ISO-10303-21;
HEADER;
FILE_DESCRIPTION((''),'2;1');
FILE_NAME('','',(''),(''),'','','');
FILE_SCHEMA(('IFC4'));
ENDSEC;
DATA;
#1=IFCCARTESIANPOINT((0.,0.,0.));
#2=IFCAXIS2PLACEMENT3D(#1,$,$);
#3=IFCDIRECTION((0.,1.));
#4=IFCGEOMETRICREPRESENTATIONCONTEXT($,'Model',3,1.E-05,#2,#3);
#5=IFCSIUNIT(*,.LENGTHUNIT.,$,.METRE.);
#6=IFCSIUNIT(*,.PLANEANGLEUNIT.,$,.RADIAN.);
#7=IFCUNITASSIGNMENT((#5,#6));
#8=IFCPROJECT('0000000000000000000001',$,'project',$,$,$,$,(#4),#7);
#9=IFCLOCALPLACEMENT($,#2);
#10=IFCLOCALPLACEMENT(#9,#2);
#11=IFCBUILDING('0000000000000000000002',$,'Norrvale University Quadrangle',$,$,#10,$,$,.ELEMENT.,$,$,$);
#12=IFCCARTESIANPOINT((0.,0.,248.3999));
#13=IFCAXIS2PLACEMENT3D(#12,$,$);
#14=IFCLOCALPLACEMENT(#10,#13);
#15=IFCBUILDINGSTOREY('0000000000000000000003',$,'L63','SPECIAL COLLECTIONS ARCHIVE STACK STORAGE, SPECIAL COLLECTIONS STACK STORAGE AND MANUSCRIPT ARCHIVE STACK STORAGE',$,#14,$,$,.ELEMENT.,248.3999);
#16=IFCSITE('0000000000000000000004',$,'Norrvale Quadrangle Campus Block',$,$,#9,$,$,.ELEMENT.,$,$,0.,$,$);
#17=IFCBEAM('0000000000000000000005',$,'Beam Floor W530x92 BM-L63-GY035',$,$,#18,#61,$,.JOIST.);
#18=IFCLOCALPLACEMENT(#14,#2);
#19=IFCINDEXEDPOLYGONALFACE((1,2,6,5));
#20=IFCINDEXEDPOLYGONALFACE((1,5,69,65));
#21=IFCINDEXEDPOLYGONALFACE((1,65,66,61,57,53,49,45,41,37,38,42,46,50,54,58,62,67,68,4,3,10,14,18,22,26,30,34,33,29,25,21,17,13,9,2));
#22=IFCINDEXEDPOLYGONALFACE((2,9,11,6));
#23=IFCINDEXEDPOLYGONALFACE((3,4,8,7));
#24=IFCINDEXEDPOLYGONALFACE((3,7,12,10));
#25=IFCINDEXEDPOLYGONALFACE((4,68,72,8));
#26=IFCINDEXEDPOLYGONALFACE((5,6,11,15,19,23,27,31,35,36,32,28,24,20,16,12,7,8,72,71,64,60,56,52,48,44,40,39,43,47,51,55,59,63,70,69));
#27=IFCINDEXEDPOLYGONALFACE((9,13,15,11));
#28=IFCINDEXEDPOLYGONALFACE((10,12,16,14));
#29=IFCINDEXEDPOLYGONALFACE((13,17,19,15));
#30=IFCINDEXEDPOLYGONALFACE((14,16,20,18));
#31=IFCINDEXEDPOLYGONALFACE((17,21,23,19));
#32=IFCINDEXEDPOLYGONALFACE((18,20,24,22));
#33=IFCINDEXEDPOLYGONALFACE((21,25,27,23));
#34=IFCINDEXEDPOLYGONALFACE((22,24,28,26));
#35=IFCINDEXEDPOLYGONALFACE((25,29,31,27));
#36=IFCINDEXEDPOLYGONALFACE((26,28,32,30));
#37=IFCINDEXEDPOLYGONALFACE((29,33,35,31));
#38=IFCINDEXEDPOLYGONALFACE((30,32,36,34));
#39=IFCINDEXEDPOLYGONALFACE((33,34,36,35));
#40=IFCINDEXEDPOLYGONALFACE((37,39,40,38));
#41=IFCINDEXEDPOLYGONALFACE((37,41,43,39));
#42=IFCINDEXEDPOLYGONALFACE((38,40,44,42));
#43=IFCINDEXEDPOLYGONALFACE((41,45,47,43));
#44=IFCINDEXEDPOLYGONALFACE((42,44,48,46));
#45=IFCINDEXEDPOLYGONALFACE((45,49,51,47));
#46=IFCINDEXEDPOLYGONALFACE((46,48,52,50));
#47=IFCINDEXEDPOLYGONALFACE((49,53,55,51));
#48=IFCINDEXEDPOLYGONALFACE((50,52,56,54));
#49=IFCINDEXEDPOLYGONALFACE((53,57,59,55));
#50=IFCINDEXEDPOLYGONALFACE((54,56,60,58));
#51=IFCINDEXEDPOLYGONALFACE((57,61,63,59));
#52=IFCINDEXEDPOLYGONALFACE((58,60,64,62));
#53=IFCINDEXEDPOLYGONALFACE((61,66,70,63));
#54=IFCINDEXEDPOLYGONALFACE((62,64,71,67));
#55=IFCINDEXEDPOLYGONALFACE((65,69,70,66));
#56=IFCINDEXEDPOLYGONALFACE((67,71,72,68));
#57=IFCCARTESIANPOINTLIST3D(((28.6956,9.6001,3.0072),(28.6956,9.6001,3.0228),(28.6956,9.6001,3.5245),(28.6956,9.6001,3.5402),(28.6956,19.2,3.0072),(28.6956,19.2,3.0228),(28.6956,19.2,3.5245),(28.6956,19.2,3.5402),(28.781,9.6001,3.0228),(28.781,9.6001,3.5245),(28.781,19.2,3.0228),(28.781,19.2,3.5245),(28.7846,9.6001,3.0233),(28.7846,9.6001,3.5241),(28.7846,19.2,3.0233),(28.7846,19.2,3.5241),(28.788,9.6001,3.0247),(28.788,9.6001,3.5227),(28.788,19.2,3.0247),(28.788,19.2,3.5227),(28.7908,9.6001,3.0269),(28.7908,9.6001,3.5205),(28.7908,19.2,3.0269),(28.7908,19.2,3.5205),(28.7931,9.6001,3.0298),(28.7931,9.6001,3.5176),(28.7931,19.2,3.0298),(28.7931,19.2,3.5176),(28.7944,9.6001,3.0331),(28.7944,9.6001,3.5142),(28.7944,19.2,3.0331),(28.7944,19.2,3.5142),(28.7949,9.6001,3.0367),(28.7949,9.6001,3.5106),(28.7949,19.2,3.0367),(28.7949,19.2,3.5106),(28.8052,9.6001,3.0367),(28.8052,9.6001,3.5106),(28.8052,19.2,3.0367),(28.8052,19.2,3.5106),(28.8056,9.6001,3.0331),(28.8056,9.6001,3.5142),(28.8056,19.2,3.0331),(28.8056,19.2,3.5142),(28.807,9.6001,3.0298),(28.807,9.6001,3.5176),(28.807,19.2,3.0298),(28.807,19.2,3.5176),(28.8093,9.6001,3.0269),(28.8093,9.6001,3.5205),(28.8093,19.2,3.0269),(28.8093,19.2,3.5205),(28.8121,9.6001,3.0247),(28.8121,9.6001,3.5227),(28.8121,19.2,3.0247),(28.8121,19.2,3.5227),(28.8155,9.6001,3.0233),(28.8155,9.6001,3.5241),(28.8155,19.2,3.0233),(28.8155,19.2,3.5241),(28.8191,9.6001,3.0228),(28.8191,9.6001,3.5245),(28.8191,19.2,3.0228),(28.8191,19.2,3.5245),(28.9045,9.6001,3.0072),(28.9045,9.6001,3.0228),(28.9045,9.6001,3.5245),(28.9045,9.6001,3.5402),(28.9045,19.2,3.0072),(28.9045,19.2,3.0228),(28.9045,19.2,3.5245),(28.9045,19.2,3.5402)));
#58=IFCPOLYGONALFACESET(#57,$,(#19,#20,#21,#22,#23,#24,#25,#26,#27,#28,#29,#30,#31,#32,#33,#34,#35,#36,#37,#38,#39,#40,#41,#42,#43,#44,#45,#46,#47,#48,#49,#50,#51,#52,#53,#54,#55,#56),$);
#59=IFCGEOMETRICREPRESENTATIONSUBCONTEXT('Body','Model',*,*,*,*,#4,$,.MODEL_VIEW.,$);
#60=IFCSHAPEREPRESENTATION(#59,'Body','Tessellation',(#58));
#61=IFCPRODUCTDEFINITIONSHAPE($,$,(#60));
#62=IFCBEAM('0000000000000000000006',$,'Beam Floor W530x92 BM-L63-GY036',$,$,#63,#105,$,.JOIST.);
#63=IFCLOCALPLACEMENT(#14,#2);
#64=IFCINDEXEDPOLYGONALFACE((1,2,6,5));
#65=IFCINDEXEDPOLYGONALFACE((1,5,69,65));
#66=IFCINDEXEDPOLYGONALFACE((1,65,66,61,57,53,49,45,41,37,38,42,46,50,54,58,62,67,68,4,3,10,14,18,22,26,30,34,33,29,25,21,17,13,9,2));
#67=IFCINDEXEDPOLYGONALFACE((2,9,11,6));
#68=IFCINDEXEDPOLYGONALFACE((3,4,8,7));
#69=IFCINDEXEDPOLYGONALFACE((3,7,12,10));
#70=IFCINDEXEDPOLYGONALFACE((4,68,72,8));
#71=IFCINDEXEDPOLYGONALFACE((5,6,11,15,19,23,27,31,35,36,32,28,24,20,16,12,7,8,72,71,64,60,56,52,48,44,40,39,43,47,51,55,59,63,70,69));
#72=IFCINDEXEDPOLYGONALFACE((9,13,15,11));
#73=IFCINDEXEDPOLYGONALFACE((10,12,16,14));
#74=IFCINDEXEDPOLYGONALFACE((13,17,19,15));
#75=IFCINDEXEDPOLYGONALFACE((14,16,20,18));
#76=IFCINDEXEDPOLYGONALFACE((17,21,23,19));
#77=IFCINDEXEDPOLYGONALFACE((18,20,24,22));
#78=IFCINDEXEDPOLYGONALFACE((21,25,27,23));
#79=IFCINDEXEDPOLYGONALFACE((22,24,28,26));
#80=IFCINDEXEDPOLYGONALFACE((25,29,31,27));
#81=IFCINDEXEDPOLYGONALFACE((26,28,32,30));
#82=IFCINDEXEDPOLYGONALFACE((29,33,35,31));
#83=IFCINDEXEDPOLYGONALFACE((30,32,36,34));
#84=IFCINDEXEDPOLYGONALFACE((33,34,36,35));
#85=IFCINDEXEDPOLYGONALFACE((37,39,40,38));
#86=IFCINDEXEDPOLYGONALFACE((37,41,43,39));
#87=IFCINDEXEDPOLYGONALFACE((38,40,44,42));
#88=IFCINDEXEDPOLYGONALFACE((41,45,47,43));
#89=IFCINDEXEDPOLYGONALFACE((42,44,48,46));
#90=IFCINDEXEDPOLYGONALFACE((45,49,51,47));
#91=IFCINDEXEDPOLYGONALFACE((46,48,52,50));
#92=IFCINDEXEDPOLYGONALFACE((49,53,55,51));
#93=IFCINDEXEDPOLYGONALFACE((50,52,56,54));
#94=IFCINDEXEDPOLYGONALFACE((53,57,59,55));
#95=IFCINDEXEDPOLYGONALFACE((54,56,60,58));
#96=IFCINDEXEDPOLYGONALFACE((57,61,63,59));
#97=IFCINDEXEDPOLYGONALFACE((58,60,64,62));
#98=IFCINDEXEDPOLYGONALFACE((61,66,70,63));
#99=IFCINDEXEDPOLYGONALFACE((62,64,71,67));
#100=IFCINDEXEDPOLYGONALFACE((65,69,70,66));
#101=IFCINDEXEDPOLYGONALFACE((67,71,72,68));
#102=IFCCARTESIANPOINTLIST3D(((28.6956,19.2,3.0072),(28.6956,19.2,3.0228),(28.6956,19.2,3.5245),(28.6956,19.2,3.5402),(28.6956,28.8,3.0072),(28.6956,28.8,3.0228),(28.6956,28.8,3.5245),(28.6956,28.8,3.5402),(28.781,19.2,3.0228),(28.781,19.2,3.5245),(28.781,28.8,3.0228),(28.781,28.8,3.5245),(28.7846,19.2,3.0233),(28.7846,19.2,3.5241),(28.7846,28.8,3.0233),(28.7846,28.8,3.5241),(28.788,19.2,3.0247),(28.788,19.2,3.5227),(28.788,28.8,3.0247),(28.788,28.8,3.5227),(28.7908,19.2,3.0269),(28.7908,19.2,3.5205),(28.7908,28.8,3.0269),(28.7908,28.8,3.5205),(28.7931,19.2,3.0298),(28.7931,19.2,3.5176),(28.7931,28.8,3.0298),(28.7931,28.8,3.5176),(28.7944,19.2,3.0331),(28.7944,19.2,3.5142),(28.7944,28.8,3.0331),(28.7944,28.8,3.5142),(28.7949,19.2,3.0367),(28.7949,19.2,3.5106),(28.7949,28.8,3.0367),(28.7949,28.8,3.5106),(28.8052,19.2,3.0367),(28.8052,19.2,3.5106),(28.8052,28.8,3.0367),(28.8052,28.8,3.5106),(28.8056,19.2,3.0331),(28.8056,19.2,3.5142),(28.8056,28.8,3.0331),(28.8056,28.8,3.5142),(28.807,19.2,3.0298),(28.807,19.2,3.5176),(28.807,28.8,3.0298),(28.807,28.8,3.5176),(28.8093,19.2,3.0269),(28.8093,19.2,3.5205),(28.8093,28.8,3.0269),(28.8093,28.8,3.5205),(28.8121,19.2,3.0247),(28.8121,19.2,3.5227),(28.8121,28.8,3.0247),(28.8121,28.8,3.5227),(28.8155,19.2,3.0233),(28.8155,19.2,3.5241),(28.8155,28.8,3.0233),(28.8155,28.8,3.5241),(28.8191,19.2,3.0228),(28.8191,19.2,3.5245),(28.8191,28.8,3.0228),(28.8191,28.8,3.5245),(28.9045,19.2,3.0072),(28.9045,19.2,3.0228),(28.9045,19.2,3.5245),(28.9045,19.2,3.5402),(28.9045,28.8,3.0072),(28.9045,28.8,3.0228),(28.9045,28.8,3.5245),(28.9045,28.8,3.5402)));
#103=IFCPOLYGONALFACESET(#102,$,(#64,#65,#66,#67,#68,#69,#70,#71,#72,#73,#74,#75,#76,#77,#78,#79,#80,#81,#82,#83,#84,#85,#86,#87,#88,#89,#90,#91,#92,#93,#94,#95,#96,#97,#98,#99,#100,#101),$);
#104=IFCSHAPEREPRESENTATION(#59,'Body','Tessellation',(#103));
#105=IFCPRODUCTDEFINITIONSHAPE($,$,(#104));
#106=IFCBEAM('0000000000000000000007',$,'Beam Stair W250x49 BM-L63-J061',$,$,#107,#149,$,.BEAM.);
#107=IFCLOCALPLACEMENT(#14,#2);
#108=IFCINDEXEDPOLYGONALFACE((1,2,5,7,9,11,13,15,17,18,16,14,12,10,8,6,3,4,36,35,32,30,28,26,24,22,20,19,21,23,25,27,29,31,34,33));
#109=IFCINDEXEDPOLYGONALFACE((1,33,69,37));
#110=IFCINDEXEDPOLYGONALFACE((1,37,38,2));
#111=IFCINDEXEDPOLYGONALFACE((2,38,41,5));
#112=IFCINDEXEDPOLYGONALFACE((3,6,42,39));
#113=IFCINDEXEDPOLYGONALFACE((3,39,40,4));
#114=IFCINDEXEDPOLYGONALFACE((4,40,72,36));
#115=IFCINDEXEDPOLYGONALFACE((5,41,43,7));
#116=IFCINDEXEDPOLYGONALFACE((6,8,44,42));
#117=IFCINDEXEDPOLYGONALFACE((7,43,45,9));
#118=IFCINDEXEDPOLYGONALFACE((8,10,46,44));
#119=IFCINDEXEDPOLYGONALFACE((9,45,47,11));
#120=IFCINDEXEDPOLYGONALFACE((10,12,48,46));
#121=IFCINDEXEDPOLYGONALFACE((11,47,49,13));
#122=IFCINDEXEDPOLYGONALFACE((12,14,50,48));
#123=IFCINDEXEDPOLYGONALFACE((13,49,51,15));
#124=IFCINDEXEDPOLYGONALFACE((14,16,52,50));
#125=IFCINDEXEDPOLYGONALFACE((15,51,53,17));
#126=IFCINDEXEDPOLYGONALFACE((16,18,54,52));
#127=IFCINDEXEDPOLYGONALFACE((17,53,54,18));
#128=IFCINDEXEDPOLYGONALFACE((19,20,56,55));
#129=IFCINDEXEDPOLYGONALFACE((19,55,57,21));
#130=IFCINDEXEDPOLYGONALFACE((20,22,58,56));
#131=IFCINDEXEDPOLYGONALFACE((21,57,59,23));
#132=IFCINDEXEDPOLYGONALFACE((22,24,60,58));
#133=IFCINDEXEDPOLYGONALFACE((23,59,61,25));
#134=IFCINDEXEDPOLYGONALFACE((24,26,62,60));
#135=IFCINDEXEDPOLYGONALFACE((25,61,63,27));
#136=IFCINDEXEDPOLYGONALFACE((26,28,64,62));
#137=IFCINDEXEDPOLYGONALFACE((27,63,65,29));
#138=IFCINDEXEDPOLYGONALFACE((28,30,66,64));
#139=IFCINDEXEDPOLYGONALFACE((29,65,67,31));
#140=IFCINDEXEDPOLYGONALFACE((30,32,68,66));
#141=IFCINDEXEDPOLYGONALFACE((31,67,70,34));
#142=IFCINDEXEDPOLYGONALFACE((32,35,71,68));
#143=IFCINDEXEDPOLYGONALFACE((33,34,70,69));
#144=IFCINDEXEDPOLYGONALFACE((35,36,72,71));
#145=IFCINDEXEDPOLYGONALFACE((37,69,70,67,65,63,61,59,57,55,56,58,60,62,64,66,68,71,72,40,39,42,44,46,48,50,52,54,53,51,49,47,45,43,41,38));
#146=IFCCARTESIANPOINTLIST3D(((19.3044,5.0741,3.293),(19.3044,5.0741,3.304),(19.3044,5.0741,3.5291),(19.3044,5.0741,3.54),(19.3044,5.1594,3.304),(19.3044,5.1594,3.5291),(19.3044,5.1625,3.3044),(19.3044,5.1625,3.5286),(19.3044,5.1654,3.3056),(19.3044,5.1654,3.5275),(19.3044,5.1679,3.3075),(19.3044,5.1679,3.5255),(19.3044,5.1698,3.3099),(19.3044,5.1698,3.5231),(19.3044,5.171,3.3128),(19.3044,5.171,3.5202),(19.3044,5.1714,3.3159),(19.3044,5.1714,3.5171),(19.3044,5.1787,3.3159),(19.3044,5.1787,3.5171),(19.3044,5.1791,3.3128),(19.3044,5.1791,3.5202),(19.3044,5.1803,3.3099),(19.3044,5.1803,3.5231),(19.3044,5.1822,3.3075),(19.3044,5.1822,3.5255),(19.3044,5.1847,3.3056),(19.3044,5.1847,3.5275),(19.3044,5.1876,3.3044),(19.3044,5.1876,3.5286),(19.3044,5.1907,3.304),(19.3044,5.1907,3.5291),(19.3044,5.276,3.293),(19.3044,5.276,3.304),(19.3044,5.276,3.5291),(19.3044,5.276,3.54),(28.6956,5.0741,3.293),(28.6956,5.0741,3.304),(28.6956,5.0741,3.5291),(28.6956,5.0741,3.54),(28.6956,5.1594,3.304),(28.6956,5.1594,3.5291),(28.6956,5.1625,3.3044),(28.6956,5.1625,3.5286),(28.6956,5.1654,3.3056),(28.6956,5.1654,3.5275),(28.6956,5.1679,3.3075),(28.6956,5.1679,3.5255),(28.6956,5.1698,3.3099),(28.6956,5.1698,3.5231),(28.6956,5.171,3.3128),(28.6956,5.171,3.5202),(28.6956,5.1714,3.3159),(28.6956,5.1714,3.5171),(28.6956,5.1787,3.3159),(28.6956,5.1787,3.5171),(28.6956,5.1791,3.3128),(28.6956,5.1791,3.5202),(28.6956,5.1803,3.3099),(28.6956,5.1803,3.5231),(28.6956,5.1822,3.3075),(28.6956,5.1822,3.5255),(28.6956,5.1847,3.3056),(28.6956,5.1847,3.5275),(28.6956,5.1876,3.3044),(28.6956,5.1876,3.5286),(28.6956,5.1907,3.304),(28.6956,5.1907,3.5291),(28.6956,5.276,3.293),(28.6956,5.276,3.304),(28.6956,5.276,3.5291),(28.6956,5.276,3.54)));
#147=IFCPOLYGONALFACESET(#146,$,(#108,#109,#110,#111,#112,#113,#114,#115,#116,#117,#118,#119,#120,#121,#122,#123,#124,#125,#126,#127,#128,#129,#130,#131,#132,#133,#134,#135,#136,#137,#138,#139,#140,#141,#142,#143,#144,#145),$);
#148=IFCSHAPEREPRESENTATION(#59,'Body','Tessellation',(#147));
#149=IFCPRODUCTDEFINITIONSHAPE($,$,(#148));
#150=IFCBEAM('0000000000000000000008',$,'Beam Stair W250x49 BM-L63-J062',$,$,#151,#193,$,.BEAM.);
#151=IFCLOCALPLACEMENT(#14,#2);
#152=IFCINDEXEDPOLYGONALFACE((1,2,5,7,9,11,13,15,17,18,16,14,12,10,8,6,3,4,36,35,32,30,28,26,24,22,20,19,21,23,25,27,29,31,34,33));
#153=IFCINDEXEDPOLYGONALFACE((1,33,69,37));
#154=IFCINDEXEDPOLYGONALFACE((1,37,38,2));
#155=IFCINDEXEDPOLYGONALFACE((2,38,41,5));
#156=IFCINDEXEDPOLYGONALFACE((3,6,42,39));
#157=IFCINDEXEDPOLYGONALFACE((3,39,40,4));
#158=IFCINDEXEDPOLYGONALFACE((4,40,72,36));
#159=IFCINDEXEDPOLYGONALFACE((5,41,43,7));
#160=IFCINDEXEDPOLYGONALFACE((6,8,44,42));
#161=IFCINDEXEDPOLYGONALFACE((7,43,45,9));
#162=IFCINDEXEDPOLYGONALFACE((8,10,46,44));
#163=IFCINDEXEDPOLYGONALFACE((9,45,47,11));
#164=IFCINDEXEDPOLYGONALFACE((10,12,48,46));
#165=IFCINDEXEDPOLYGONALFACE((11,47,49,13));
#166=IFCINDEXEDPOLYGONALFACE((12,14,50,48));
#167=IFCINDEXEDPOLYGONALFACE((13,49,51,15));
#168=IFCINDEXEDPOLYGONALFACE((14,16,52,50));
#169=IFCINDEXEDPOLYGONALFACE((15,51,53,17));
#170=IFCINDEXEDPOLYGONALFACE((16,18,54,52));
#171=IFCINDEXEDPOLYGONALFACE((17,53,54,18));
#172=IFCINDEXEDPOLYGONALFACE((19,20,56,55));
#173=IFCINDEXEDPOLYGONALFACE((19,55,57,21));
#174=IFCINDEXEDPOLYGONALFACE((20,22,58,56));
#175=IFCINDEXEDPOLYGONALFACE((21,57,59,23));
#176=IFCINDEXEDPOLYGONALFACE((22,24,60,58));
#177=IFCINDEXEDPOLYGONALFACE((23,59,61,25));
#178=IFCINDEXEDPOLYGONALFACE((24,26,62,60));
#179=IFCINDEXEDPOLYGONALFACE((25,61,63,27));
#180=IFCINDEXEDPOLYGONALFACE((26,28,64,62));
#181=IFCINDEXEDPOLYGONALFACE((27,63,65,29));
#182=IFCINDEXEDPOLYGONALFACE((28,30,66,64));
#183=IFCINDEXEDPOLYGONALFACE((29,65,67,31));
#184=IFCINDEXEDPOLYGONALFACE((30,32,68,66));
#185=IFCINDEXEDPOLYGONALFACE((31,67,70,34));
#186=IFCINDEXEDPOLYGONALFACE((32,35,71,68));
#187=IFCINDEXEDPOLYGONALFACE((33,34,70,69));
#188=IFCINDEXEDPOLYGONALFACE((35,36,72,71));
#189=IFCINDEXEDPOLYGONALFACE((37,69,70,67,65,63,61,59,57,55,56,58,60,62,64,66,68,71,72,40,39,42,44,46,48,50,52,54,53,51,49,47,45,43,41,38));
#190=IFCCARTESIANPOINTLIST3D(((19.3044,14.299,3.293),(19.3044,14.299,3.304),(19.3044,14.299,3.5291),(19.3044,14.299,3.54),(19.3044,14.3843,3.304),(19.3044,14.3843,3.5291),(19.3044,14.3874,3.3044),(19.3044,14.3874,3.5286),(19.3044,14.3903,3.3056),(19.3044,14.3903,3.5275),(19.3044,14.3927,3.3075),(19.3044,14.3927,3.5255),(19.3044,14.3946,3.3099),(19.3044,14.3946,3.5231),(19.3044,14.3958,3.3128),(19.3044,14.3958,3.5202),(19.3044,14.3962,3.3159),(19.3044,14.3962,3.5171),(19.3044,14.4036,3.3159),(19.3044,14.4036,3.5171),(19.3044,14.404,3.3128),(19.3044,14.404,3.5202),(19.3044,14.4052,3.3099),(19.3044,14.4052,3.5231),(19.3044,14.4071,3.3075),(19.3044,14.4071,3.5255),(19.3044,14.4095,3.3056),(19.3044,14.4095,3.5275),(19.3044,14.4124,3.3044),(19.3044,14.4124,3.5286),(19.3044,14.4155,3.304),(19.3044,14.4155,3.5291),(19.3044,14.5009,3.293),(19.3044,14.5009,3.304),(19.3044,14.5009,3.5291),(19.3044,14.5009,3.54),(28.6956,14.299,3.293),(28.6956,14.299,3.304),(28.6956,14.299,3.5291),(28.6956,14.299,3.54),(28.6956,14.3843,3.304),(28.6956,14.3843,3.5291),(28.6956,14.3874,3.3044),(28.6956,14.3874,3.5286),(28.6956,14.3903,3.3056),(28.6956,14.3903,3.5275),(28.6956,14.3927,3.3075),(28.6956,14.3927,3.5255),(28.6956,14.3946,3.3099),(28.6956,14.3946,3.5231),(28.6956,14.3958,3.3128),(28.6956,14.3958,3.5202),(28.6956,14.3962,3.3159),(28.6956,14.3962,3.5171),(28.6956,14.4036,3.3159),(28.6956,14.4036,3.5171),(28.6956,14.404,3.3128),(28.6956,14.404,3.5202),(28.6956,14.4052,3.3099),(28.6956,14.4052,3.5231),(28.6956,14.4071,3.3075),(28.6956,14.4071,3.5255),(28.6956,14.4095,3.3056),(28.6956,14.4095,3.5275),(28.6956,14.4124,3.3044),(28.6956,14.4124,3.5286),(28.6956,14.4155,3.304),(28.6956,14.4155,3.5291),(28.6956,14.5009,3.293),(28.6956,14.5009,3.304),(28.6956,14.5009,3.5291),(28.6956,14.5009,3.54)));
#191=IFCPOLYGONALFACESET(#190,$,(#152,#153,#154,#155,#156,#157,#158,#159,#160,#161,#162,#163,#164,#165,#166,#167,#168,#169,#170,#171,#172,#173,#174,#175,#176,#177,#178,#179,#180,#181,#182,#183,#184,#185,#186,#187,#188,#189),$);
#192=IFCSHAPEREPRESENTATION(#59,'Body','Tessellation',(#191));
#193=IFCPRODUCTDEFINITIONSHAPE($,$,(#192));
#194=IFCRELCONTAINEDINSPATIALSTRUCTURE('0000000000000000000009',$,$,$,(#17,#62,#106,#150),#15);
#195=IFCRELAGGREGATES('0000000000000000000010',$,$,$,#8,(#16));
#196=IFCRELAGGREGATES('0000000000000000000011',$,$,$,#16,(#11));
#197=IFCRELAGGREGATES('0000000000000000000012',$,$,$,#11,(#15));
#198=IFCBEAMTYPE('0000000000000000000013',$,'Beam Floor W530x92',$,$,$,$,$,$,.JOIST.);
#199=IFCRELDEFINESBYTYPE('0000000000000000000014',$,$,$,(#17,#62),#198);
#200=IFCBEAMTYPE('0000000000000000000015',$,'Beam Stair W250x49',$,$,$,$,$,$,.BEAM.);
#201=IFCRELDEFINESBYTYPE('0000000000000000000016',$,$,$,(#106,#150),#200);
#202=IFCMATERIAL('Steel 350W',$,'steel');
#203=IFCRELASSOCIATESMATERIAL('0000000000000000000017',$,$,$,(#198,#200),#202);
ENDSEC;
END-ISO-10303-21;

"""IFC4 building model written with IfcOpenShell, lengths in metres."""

from ifc_helpers import new_model, si_unit, direction, frame, origin, origin_2d, place, context, subcontext, project, spatial, i_section, extrude, material, material_profile, profile_set, type_object, element, save


model = new_model("IFC4")

# Units and contexts
model_context = context("Model", 3, precision=1e-05, world=origin(), true_north=direction((0.0, 1.0)))
body_context = subcontext(model_context, "Body", "Model", "MODEL_VIEW")
ifc_project = project(units=[si_unit("LENGTHUNIT", "METRE"), si_unit("PLANEANGLEUNIT", "RADIAN")], contexts=[model_context])

# Site, building, storey
site_placement = place(None, origin())
site = spatial("IfcSite", under=ifc_project, at=site_placement, Name="Norrvale Quadrangle Campus Block", CompositionType="ELEMENT", RefElevation=0.0)
building_placement = place(site_placement, origin())
building = spatial("IfcBuilding", under=site, at=building_placement, Name="Norrvale University Quadrangle", CompositionType="ELEMENT")
storey_placement = place(building_placement, frame((0.0, 0.0, 248.3999)))
storey = spatial("IfcBuildingStorey", under=building, at=storey_placement, Name="L63", Description="SPECIAL COLLECTIONS ARCHIVE STACK STORAGE, SPECIAL COLLECTIONS STACK STORAGE AND MANUSCRIPT ARCHIVE STACK STORAGE", CompositionType="ELEMENT", Elevation=248.3999)

# Beams
ifc_material_1 = material(Name="Steel 350W", Category="steel")
ifc_material_profile_1 = material_profile(ifc_material_1, i_section(OverallWidth=0.209, OverallDepth=0.533, WebThickness=0.0103, FlangeThickness=0.0156, FilletRadius=0.0139, at=origin_2d()), Name="Steel 350W")
ifc_profile_set_1 = profile_set([ifc_material_profile_1], Name="Steel 350W")
beam_type_1 = type_object("IfcBeamType", Name="Beam Floor W530x92", PredefinedType="JOIST", material=ifc_profile_set_1)
beam_1_placement = place(storey_placement, frame((28.8, 9.6001, 3.2737), z_axis=(0.0, 1.0, 0.0), x_axis=(-1.0, 0.0, 0.0)))
element("IfcBeam", 1, at=beam_1_placement, inside=storey, type_object=beam_type_1, Name="Beam Floor W530x92 BM-L63-GY035", PredefinedType="JOIST", context=body_context, shape_type="SweptSolid", body=[
    extrude(i_section(OverallWidth=0.209, OverallDepth=0.533, WebThickness=0.0103, FlangeThickness=0.0156, FilletRadius=0.0139, at=origin_2d()), origin(), (0.0, 0.0, 1.0), 9.5999),
])
beam_2_placement = place(storey_placement, frame((28.8, 19.2, 3.2737), z_axis=(0.0, 1.0, 0.0), x_axis=(-1.0, 0.0, 0.0)))
element("IfcBeam", 2, at=beam_2_placement, inside=storey, type_object=beam_type_1, Name="Beam Floor W530x92 BM-L63-GY036", PredefinedType="JOIST", context=body_context, shape_type="SweptSolid", body=[
    extrude(i_section(OverallWidth=0.209, OverallDepth=0.533, WebThickness=0.0103, FlangeThickness=0.0156, FilletRadius=0.0139, at=origin_2d()), origin(), (0.0, 0.0, 1.0), 9.6001),
])
ifc_material_profile_2 = material_profile(ifc_material_1, i_section(OverallWidth=0.2019, OverallDepth=0.2471, WebThickness=0.0073, FlangeThickness=0.011, FilletRadius=0.012, at=origin_2d()), Name="Steel 350W")
ifc_profile_set_2 = profile_set([ifc_material_profile_2], Name="Steel 350W")
beam_type_2 = type_object("IfcBeamType", Name="Beam Stair W250x49", PredefinedType="BEAM", material=ifc_profile_set_2)
for number, where, z_axis, x_axis, name in (
    (3, (19.3044, 5.175, 3.4165), (1.0, 0.0, 0.0), (0.0, 1.0, 0.0), "Beam Stair W250x49 BM-L63-J061"),
    (4, (19.3044, 14.3999, 3.4165), (1.0, 0.0, 0.0), (0.0, 1.0, 0.0), "Beam Stair W250x49 BM-L63-J062"),
):
    element("IfcBeam", number, at=place(storey_placement, frame(where, z_axis=z_axis, x_axis=x_axis)), inside=storey, type_object=beam_type_2, Name=name, PredefinedType="BEAM", context=body_context, shape_type="SweptSolid", body=[
        extrude(i_section(OverallWidth=0.2019, OverallDepth=0.2471, WebThickness=0.0073, FlangeThickness=0.011, FilletRadius=0.012, at=origin_2d()), origin(), (0.0, 0.0, 1.0), 9.3911),
    ])

save(model, "model.ifc")
